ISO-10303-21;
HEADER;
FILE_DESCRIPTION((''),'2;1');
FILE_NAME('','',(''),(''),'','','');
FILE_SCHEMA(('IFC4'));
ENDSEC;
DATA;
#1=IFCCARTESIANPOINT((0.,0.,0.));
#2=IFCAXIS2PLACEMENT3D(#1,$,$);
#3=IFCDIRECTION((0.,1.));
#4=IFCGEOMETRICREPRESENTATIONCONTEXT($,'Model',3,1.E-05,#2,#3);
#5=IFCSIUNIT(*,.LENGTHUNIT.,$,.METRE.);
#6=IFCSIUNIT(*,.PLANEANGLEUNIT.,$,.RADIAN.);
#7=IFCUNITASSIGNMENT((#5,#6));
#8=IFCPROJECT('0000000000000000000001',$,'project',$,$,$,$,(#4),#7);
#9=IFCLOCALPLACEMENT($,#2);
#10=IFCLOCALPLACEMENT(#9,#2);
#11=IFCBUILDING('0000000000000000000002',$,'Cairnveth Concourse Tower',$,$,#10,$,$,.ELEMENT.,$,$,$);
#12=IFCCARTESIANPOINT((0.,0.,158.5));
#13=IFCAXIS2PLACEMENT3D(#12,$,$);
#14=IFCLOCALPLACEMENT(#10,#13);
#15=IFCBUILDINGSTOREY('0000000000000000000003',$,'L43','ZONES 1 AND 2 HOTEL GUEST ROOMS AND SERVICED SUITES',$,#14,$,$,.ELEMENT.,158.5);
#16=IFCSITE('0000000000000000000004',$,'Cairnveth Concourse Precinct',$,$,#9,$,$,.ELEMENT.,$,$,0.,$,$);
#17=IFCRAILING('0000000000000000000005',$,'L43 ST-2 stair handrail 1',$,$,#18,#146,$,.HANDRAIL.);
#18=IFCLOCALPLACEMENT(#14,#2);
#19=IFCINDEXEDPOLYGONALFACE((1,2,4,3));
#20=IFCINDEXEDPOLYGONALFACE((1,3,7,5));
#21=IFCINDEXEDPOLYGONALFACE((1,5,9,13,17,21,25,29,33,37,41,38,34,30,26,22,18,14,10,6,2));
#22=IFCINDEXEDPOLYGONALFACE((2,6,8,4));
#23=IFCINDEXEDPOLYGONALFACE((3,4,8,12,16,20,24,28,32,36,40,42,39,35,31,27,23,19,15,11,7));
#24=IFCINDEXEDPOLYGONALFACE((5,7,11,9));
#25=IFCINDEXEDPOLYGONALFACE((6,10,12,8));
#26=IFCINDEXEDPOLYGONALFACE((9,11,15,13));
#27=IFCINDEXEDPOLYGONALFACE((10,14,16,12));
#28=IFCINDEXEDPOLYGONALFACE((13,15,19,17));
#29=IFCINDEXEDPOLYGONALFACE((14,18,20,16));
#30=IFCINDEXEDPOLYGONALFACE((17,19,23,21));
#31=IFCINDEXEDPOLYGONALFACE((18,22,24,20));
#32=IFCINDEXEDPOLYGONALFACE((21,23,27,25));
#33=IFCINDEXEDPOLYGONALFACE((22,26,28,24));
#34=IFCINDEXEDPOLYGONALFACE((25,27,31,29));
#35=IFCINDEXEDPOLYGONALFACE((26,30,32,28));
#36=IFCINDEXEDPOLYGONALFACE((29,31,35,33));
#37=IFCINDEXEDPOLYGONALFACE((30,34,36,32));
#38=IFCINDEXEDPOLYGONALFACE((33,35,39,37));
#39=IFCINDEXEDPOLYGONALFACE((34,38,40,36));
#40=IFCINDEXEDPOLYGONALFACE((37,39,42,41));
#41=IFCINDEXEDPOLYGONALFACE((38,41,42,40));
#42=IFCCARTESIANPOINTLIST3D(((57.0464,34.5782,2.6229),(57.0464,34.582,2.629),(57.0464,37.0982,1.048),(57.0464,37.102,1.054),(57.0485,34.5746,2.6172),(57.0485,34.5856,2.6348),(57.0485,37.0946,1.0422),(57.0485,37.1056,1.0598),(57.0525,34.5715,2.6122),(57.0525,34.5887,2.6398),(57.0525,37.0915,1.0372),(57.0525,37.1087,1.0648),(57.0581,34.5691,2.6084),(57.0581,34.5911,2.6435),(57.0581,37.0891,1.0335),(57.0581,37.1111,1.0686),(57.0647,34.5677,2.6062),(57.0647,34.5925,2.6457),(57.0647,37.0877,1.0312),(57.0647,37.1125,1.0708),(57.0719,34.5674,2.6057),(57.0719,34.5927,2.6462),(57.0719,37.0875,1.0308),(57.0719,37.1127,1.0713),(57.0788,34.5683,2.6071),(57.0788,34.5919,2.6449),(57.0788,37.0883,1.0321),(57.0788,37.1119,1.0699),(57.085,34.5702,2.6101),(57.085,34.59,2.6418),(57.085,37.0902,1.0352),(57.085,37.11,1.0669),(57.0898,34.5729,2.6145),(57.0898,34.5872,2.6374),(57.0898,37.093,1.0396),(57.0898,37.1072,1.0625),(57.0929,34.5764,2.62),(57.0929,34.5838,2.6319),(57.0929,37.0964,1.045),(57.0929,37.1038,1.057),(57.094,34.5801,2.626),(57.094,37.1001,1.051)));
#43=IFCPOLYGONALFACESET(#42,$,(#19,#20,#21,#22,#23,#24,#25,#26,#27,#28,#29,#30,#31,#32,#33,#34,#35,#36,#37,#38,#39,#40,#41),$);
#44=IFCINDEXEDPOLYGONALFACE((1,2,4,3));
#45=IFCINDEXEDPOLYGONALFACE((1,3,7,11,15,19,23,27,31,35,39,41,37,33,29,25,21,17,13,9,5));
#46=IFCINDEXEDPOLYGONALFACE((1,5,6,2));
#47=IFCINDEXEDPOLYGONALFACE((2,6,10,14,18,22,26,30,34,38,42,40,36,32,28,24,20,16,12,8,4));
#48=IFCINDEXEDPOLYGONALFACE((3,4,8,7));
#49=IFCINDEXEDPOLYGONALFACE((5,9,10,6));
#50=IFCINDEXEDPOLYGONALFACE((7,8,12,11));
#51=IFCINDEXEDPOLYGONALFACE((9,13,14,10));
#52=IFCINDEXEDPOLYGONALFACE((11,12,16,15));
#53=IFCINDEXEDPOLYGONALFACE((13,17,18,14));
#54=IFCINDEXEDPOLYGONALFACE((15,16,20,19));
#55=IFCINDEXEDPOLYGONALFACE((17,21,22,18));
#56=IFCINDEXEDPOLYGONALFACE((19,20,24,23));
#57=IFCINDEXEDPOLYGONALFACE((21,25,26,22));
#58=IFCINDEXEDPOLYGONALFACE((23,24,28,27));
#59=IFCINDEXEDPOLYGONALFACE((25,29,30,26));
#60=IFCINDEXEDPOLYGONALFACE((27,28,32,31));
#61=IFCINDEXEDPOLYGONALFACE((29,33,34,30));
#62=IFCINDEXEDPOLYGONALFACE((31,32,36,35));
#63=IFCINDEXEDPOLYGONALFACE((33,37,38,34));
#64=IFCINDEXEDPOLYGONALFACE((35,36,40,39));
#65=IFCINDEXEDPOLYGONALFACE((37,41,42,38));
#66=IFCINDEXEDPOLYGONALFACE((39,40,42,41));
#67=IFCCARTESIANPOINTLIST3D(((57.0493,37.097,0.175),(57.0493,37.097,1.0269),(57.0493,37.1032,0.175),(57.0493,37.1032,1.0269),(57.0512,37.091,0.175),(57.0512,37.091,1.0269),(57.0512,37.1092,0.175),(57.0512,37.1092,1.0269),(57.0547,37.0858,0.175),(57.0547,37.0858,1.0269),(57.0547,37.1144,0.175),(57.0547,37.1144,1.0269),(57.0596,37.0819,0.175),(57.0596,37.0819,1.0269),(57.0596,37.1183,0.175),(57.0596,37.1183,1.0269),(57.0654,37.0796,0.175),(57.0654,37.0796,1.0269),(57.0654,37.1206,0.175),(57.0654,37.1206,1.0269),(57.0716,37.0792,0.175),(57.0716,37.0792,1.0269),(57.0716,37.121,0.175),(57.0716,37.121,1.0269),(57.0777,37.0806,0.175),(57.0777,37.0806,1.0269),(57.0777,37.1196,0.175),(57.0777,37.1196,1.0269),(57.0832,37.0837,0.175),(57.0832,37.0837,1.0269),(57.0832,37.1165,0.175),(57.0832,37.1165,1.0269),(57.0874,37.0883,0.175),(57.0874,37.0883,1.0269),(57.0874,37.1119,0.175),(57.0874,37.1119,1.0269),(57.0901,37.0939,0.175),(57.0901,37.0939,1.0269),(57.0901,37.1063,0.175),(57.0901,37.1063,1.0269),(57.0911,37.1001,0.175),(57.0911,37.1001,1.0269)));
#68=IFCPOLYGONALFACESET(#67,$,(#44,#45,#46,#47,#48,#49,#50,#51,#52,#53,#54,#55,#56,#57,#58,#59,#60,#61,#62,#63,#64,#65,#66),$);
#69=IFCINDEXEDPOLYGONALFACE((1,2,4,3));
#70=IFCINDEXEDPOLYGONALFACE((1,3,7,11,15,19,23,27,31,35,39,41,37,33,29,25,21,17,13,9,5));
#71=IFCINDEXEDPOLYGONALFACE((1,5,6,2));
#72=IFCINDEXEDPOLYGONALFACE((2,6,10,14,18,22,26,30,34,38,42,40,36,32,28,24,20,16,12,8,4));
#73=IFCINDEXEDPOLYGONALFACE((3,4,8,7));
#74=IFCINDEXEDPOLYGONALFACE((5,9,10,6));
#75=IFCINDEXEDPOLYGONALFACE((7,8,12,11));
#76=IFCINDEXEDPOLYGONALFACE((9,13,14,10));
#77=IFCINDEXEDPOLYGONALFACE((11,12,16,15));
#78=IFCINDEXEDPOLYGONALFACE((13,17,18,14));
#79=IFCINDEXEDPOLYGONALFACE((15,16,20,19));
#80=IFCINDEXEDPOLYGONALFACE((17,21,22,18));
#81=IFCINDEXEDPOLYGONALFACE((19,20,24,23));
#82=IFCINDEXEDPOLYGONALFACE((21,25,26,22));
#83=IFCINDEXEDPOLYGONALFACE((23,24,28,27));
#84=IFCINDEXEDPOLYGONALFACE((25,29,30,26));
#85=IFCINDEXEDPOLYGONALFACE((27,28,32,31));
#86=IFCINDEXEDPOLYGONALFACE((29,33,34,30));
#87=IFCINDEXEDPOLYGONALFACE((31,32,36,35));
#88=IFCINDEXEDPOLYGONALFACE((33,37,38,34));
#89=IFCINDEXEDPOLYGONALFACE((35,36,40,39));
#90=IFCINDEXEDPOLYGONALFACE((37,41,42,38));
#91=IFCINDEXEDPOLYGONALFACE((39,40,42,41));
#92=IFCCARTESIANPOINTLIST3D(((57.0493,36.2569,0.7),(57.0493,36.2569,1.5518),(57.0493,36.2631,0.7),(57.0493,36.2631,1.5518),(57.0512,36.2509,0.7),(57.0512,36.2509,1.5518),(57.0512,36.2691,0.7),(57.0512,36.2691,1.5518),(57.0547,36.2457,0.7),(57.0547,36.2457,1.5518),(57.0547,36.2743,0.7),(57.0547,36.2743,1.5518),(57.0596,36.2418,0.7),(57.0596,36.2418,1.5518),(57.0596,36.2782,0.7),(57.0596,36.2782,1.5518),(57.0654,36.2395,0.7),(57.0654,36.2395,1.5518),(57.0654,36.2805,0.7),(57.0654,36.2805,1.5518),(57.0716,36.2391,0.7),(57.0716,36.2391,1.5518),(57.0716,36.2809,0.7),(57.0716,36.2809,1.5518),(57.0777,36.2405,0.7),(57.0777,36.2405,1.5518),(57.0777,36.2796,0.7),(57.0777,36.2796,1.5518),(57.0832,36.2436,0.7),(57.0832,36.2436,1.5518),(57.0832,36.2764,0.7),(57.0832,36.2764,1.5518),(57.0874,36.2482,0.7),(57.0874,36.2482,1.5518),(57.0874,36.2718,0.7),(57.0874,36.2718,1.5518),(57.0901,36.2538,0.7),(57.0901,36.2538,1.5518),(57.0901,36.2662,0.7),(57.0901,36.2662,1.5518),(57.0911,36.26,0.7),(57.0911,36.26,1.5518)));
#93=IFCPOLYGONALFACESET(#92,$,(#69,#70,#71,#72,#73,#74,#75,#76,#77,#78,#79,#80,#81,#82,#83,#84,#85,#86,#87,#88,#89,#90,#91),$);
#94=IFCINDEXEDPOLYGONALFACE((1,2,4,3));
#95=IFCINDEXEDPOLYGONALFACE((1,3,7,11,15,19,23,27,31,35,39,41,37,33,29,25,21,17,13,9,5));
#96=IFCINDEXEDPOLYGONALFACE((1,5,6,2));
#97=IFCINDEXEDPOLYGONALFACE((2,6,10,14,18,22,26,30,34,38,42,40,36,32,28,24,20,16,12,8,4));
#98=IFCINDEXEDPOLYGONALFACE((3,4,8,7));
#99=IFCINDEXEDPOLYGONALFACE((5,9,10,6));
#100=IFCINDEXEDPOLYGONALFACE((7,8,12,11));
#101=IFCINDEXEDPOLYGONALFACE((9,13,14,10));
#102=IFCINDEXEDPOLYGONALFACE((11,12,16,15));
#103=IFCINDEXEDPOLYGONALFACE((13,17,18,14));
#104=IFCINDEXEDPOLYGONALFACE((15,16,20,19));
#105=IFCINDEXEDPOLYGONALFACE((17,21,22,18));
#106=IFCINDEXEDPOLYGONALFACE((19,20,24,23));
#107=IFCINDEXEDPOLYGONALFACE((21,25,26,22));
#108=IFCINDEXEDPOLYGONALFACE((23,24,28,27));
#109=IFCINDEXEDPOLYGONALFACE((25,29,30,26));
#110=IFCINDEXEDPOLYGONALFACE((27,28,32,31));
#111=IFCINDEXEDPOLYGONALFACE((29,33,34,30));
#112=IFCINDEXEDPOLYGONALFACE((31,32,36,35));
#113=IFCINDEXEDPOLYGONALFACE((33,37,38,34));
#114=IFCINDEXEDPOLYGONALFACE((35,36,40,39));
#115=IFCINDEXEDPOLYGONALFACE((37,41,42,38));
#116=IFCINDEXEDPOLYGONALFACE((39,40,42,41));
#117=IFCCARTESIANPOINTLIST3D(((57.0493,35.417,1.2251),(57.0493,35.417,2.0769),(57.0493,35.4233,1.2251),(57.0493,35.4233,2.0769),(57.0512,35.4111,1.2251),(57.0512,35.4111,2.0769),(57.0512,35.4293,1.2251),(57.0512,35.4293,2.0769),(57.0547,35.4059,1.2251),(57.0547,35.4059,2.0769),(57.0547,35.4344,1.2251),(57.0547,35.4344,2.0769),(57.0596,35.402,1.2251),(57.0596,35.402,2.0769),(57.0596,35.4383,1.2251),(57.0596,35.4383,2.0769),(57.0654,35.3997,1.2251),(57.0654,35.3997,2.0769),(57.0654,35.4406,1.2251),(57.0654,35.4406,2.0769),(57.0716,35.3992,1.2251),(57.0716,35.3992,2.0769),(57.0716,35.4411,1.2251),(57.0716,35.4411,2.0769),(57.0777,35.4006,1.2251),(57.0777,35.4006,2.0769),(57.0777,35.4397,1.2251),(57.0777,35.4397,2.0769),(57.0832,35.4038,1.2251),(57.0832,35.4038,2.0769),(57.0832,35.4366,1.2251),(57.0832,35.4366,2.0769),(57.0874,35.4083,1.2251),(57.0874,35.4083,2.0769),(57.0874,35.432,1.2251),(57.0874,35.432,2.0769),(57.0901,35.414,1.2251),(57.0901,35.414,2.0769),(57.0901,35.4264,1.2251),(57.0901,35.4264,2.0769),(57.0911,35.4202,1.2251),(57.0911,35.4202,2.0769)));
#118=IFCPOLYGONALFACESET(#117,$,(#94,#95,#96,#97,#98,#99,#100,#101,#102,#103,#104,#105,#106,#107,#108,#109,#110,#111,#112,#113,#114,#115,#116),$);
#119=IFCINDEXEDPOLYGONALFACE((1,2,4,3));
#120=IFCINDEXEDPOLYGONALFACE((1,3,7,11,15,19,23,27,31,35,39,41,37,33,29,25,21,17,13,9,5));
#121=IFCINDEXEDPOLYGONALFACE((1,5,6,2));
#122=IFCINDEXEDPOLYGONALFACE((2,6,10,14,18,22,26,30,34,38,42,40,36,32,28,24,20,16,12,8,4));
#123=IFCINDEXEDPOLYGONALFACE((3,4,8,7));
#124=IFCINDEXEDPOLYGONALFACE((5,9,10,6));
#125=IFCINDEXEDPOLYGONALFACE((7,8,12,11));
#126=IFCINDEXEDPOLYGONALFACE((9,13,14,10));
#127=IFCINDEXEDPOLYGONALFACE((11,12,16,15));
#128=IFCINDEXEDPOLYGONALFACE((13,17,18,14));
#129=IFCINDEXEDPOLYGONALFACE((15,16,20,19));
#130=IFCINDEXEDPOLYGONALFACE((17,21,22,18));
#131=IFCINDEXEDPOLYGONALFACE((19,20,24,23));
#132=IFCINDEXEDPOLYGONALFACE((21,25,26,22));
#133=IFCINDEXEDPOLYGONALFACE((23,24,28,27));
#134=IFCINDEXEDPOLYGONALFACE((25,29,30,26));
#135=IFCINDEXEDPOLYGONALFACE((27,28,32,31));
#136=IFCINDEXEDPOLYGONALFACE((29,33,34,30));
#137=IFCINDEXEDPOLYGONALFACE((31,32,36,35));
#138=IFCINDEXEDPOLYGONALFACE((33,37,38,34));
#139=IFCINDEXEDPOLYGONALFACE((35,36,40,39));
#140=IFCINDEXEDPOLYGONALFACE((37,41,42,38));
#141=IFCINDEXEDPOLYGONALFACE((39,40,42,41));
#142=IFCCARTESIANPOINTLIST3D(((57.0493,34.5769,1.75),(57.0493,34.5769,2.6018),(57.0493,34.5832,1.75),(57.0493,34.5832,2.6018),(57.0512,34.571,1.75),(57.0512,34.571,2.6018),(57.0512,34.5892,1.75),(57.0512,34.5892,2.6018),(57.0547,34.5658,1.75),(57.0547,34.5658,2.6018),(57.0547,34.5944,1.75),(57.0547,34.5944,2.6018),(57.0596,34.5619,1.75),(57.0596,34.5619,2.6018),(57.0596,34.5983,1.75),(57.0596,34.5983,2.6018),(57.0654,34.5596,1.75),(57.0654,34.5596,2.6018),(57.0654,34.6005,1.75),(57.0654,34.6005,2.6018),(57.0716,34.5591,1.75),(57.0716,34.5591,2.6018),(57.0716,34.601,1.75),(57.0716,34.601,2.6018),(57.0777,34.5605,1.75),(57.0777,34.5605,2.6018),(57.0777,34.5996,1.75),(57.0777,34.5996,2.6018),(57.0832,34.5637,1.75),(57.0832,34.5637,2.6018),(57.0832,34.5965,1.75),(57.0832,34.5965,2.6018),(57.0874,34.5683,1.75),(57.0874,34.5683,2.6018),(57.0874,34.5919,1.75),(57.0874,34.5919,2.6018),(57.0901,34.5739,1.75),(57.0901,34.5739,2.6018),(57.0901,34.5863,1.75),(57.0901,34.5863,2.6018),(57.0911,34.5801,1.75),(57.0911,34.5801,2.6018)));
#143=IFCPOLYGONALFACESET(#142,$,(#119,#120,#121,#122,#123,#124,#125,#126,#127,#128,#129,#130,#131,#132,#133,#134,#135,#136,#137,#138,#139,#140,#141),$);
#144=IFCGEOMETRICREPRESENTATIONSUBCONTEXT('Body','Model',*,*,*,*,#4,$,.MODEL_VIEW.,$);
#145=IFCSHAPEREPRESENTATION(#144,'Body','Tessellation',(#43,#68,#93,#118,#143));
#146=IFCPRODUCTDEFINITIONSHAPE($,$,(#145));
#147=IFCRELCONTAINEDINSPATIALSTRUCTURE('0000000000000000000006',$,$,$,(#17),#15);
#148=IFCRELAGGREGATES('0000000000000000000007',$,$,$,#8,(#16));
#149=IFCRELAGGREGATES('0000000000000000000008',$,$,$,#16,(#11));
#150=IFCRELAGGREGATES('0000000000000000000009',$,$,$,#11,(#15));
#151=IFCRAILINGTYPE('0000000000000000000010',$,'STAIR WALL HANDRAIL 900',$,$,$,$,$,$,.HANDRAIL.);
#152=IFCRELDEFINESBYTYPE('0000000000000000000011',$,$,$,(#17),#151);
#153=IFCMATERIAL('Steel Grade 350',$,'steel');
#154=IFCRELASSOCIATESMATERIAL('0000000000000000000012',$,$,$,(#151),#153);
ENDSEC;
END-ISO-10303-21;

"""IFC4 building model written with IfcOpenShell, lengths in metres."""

from ifc_helpers import new_model, si_unit, direction, frame, origin, origin_2d, place, context, subcontext, project, spatial, circle, extrude, material, type_object, element, save


model = new_model("IFC4")

# Units and contexts
model_context = context("Model", 3, precision=1e-05, world=origin(), true_north=direction((0.0, 1.0)))
body_context = subcontext(model_context, "Body", "Model", "MODEL_VIEW")
ifc_project = project(units=[si_unit("LENGTHUNIT", "METRE"), si_unit("PLANEANGLEUNIT", "RADIAN")], contexts=[model_context])

# Site, building, storey
site_placement = place(None, origin())
site = spatial("IfcSite", under=ifc_project, at=site_placement, Name="Cairnveth Concourse Precinct", CompositionType="ELEMENT", RefElevation=0.0)
building_placement = place(site_placement, origin())
building = spatial("IfcBuilding", under=site, at=building_placement, Name="Cairnveth Concourse Tower", CompositionType="ELEMENT")
storey_placement = place(building_placement, frame((0.0, 0.0, 158.5)))
storey = spatial("IfcBuildingStorey", under=building, at=storey_placement, Name="L43", Description="ZONES 1 AND 2 HOTEL GUEST ROOMS AND SERVICED SUITES", CompositionType="ELEMENT", Elevation=158.5)

# Shared definitions
ifc_material_1 = material(Name="Steel Grade 350", Category="steel")

# Railing
railing_type = type_object("IfcRailingType", Name="STAIR WALL HANDRAIL 900", PredefinedType="HANDRAIL", material=ifc_material_1)
railing_placement = place(storey_placement, frame((57.0701, 37.1001, 0.175)))
element("IfcRailing", 1, at=railing_placement, inside=storey, type_object=railing_type, Name="L43 ST-2 stair handrail 1", PredefinedType="HANDRAIL", context=body_context, shape_type="SweptSolid", body=[
    extrude(circle(Radius=0.0239, at=origin_2d()), frame((0.0, 0.0, 0.876), z_axis=(0.0, -0.848008, 0.529984), x_axis=(1.0, 0.0, 0.0)), (0.0, 0.0, 1.0), 2.9717),
    extrude(circle(Radius=0.021, at=origin_2d()), origin(), (0.0, 0.0, 1.0), 0.8518),
    extrude(circle(Radius=0.021, at=origin_2d()), frame((0.0, -0.8401, 0.5249)), (0.0, 0.0, 1.0), 0.8518),
    extrude(circle(Radius=0.021, at=origin_2d()), frame((0.0, -1.6799, 1.05)), (0.0, 0.0, 1.0), 0.8518),
    extrude(circle(Radius=0.021, at=origin_2d()), frame((0.0, -2.52, 1.575)), (0.0, 0.0, 1.0), 0.8518),
])

save(model, "model.ifc")
